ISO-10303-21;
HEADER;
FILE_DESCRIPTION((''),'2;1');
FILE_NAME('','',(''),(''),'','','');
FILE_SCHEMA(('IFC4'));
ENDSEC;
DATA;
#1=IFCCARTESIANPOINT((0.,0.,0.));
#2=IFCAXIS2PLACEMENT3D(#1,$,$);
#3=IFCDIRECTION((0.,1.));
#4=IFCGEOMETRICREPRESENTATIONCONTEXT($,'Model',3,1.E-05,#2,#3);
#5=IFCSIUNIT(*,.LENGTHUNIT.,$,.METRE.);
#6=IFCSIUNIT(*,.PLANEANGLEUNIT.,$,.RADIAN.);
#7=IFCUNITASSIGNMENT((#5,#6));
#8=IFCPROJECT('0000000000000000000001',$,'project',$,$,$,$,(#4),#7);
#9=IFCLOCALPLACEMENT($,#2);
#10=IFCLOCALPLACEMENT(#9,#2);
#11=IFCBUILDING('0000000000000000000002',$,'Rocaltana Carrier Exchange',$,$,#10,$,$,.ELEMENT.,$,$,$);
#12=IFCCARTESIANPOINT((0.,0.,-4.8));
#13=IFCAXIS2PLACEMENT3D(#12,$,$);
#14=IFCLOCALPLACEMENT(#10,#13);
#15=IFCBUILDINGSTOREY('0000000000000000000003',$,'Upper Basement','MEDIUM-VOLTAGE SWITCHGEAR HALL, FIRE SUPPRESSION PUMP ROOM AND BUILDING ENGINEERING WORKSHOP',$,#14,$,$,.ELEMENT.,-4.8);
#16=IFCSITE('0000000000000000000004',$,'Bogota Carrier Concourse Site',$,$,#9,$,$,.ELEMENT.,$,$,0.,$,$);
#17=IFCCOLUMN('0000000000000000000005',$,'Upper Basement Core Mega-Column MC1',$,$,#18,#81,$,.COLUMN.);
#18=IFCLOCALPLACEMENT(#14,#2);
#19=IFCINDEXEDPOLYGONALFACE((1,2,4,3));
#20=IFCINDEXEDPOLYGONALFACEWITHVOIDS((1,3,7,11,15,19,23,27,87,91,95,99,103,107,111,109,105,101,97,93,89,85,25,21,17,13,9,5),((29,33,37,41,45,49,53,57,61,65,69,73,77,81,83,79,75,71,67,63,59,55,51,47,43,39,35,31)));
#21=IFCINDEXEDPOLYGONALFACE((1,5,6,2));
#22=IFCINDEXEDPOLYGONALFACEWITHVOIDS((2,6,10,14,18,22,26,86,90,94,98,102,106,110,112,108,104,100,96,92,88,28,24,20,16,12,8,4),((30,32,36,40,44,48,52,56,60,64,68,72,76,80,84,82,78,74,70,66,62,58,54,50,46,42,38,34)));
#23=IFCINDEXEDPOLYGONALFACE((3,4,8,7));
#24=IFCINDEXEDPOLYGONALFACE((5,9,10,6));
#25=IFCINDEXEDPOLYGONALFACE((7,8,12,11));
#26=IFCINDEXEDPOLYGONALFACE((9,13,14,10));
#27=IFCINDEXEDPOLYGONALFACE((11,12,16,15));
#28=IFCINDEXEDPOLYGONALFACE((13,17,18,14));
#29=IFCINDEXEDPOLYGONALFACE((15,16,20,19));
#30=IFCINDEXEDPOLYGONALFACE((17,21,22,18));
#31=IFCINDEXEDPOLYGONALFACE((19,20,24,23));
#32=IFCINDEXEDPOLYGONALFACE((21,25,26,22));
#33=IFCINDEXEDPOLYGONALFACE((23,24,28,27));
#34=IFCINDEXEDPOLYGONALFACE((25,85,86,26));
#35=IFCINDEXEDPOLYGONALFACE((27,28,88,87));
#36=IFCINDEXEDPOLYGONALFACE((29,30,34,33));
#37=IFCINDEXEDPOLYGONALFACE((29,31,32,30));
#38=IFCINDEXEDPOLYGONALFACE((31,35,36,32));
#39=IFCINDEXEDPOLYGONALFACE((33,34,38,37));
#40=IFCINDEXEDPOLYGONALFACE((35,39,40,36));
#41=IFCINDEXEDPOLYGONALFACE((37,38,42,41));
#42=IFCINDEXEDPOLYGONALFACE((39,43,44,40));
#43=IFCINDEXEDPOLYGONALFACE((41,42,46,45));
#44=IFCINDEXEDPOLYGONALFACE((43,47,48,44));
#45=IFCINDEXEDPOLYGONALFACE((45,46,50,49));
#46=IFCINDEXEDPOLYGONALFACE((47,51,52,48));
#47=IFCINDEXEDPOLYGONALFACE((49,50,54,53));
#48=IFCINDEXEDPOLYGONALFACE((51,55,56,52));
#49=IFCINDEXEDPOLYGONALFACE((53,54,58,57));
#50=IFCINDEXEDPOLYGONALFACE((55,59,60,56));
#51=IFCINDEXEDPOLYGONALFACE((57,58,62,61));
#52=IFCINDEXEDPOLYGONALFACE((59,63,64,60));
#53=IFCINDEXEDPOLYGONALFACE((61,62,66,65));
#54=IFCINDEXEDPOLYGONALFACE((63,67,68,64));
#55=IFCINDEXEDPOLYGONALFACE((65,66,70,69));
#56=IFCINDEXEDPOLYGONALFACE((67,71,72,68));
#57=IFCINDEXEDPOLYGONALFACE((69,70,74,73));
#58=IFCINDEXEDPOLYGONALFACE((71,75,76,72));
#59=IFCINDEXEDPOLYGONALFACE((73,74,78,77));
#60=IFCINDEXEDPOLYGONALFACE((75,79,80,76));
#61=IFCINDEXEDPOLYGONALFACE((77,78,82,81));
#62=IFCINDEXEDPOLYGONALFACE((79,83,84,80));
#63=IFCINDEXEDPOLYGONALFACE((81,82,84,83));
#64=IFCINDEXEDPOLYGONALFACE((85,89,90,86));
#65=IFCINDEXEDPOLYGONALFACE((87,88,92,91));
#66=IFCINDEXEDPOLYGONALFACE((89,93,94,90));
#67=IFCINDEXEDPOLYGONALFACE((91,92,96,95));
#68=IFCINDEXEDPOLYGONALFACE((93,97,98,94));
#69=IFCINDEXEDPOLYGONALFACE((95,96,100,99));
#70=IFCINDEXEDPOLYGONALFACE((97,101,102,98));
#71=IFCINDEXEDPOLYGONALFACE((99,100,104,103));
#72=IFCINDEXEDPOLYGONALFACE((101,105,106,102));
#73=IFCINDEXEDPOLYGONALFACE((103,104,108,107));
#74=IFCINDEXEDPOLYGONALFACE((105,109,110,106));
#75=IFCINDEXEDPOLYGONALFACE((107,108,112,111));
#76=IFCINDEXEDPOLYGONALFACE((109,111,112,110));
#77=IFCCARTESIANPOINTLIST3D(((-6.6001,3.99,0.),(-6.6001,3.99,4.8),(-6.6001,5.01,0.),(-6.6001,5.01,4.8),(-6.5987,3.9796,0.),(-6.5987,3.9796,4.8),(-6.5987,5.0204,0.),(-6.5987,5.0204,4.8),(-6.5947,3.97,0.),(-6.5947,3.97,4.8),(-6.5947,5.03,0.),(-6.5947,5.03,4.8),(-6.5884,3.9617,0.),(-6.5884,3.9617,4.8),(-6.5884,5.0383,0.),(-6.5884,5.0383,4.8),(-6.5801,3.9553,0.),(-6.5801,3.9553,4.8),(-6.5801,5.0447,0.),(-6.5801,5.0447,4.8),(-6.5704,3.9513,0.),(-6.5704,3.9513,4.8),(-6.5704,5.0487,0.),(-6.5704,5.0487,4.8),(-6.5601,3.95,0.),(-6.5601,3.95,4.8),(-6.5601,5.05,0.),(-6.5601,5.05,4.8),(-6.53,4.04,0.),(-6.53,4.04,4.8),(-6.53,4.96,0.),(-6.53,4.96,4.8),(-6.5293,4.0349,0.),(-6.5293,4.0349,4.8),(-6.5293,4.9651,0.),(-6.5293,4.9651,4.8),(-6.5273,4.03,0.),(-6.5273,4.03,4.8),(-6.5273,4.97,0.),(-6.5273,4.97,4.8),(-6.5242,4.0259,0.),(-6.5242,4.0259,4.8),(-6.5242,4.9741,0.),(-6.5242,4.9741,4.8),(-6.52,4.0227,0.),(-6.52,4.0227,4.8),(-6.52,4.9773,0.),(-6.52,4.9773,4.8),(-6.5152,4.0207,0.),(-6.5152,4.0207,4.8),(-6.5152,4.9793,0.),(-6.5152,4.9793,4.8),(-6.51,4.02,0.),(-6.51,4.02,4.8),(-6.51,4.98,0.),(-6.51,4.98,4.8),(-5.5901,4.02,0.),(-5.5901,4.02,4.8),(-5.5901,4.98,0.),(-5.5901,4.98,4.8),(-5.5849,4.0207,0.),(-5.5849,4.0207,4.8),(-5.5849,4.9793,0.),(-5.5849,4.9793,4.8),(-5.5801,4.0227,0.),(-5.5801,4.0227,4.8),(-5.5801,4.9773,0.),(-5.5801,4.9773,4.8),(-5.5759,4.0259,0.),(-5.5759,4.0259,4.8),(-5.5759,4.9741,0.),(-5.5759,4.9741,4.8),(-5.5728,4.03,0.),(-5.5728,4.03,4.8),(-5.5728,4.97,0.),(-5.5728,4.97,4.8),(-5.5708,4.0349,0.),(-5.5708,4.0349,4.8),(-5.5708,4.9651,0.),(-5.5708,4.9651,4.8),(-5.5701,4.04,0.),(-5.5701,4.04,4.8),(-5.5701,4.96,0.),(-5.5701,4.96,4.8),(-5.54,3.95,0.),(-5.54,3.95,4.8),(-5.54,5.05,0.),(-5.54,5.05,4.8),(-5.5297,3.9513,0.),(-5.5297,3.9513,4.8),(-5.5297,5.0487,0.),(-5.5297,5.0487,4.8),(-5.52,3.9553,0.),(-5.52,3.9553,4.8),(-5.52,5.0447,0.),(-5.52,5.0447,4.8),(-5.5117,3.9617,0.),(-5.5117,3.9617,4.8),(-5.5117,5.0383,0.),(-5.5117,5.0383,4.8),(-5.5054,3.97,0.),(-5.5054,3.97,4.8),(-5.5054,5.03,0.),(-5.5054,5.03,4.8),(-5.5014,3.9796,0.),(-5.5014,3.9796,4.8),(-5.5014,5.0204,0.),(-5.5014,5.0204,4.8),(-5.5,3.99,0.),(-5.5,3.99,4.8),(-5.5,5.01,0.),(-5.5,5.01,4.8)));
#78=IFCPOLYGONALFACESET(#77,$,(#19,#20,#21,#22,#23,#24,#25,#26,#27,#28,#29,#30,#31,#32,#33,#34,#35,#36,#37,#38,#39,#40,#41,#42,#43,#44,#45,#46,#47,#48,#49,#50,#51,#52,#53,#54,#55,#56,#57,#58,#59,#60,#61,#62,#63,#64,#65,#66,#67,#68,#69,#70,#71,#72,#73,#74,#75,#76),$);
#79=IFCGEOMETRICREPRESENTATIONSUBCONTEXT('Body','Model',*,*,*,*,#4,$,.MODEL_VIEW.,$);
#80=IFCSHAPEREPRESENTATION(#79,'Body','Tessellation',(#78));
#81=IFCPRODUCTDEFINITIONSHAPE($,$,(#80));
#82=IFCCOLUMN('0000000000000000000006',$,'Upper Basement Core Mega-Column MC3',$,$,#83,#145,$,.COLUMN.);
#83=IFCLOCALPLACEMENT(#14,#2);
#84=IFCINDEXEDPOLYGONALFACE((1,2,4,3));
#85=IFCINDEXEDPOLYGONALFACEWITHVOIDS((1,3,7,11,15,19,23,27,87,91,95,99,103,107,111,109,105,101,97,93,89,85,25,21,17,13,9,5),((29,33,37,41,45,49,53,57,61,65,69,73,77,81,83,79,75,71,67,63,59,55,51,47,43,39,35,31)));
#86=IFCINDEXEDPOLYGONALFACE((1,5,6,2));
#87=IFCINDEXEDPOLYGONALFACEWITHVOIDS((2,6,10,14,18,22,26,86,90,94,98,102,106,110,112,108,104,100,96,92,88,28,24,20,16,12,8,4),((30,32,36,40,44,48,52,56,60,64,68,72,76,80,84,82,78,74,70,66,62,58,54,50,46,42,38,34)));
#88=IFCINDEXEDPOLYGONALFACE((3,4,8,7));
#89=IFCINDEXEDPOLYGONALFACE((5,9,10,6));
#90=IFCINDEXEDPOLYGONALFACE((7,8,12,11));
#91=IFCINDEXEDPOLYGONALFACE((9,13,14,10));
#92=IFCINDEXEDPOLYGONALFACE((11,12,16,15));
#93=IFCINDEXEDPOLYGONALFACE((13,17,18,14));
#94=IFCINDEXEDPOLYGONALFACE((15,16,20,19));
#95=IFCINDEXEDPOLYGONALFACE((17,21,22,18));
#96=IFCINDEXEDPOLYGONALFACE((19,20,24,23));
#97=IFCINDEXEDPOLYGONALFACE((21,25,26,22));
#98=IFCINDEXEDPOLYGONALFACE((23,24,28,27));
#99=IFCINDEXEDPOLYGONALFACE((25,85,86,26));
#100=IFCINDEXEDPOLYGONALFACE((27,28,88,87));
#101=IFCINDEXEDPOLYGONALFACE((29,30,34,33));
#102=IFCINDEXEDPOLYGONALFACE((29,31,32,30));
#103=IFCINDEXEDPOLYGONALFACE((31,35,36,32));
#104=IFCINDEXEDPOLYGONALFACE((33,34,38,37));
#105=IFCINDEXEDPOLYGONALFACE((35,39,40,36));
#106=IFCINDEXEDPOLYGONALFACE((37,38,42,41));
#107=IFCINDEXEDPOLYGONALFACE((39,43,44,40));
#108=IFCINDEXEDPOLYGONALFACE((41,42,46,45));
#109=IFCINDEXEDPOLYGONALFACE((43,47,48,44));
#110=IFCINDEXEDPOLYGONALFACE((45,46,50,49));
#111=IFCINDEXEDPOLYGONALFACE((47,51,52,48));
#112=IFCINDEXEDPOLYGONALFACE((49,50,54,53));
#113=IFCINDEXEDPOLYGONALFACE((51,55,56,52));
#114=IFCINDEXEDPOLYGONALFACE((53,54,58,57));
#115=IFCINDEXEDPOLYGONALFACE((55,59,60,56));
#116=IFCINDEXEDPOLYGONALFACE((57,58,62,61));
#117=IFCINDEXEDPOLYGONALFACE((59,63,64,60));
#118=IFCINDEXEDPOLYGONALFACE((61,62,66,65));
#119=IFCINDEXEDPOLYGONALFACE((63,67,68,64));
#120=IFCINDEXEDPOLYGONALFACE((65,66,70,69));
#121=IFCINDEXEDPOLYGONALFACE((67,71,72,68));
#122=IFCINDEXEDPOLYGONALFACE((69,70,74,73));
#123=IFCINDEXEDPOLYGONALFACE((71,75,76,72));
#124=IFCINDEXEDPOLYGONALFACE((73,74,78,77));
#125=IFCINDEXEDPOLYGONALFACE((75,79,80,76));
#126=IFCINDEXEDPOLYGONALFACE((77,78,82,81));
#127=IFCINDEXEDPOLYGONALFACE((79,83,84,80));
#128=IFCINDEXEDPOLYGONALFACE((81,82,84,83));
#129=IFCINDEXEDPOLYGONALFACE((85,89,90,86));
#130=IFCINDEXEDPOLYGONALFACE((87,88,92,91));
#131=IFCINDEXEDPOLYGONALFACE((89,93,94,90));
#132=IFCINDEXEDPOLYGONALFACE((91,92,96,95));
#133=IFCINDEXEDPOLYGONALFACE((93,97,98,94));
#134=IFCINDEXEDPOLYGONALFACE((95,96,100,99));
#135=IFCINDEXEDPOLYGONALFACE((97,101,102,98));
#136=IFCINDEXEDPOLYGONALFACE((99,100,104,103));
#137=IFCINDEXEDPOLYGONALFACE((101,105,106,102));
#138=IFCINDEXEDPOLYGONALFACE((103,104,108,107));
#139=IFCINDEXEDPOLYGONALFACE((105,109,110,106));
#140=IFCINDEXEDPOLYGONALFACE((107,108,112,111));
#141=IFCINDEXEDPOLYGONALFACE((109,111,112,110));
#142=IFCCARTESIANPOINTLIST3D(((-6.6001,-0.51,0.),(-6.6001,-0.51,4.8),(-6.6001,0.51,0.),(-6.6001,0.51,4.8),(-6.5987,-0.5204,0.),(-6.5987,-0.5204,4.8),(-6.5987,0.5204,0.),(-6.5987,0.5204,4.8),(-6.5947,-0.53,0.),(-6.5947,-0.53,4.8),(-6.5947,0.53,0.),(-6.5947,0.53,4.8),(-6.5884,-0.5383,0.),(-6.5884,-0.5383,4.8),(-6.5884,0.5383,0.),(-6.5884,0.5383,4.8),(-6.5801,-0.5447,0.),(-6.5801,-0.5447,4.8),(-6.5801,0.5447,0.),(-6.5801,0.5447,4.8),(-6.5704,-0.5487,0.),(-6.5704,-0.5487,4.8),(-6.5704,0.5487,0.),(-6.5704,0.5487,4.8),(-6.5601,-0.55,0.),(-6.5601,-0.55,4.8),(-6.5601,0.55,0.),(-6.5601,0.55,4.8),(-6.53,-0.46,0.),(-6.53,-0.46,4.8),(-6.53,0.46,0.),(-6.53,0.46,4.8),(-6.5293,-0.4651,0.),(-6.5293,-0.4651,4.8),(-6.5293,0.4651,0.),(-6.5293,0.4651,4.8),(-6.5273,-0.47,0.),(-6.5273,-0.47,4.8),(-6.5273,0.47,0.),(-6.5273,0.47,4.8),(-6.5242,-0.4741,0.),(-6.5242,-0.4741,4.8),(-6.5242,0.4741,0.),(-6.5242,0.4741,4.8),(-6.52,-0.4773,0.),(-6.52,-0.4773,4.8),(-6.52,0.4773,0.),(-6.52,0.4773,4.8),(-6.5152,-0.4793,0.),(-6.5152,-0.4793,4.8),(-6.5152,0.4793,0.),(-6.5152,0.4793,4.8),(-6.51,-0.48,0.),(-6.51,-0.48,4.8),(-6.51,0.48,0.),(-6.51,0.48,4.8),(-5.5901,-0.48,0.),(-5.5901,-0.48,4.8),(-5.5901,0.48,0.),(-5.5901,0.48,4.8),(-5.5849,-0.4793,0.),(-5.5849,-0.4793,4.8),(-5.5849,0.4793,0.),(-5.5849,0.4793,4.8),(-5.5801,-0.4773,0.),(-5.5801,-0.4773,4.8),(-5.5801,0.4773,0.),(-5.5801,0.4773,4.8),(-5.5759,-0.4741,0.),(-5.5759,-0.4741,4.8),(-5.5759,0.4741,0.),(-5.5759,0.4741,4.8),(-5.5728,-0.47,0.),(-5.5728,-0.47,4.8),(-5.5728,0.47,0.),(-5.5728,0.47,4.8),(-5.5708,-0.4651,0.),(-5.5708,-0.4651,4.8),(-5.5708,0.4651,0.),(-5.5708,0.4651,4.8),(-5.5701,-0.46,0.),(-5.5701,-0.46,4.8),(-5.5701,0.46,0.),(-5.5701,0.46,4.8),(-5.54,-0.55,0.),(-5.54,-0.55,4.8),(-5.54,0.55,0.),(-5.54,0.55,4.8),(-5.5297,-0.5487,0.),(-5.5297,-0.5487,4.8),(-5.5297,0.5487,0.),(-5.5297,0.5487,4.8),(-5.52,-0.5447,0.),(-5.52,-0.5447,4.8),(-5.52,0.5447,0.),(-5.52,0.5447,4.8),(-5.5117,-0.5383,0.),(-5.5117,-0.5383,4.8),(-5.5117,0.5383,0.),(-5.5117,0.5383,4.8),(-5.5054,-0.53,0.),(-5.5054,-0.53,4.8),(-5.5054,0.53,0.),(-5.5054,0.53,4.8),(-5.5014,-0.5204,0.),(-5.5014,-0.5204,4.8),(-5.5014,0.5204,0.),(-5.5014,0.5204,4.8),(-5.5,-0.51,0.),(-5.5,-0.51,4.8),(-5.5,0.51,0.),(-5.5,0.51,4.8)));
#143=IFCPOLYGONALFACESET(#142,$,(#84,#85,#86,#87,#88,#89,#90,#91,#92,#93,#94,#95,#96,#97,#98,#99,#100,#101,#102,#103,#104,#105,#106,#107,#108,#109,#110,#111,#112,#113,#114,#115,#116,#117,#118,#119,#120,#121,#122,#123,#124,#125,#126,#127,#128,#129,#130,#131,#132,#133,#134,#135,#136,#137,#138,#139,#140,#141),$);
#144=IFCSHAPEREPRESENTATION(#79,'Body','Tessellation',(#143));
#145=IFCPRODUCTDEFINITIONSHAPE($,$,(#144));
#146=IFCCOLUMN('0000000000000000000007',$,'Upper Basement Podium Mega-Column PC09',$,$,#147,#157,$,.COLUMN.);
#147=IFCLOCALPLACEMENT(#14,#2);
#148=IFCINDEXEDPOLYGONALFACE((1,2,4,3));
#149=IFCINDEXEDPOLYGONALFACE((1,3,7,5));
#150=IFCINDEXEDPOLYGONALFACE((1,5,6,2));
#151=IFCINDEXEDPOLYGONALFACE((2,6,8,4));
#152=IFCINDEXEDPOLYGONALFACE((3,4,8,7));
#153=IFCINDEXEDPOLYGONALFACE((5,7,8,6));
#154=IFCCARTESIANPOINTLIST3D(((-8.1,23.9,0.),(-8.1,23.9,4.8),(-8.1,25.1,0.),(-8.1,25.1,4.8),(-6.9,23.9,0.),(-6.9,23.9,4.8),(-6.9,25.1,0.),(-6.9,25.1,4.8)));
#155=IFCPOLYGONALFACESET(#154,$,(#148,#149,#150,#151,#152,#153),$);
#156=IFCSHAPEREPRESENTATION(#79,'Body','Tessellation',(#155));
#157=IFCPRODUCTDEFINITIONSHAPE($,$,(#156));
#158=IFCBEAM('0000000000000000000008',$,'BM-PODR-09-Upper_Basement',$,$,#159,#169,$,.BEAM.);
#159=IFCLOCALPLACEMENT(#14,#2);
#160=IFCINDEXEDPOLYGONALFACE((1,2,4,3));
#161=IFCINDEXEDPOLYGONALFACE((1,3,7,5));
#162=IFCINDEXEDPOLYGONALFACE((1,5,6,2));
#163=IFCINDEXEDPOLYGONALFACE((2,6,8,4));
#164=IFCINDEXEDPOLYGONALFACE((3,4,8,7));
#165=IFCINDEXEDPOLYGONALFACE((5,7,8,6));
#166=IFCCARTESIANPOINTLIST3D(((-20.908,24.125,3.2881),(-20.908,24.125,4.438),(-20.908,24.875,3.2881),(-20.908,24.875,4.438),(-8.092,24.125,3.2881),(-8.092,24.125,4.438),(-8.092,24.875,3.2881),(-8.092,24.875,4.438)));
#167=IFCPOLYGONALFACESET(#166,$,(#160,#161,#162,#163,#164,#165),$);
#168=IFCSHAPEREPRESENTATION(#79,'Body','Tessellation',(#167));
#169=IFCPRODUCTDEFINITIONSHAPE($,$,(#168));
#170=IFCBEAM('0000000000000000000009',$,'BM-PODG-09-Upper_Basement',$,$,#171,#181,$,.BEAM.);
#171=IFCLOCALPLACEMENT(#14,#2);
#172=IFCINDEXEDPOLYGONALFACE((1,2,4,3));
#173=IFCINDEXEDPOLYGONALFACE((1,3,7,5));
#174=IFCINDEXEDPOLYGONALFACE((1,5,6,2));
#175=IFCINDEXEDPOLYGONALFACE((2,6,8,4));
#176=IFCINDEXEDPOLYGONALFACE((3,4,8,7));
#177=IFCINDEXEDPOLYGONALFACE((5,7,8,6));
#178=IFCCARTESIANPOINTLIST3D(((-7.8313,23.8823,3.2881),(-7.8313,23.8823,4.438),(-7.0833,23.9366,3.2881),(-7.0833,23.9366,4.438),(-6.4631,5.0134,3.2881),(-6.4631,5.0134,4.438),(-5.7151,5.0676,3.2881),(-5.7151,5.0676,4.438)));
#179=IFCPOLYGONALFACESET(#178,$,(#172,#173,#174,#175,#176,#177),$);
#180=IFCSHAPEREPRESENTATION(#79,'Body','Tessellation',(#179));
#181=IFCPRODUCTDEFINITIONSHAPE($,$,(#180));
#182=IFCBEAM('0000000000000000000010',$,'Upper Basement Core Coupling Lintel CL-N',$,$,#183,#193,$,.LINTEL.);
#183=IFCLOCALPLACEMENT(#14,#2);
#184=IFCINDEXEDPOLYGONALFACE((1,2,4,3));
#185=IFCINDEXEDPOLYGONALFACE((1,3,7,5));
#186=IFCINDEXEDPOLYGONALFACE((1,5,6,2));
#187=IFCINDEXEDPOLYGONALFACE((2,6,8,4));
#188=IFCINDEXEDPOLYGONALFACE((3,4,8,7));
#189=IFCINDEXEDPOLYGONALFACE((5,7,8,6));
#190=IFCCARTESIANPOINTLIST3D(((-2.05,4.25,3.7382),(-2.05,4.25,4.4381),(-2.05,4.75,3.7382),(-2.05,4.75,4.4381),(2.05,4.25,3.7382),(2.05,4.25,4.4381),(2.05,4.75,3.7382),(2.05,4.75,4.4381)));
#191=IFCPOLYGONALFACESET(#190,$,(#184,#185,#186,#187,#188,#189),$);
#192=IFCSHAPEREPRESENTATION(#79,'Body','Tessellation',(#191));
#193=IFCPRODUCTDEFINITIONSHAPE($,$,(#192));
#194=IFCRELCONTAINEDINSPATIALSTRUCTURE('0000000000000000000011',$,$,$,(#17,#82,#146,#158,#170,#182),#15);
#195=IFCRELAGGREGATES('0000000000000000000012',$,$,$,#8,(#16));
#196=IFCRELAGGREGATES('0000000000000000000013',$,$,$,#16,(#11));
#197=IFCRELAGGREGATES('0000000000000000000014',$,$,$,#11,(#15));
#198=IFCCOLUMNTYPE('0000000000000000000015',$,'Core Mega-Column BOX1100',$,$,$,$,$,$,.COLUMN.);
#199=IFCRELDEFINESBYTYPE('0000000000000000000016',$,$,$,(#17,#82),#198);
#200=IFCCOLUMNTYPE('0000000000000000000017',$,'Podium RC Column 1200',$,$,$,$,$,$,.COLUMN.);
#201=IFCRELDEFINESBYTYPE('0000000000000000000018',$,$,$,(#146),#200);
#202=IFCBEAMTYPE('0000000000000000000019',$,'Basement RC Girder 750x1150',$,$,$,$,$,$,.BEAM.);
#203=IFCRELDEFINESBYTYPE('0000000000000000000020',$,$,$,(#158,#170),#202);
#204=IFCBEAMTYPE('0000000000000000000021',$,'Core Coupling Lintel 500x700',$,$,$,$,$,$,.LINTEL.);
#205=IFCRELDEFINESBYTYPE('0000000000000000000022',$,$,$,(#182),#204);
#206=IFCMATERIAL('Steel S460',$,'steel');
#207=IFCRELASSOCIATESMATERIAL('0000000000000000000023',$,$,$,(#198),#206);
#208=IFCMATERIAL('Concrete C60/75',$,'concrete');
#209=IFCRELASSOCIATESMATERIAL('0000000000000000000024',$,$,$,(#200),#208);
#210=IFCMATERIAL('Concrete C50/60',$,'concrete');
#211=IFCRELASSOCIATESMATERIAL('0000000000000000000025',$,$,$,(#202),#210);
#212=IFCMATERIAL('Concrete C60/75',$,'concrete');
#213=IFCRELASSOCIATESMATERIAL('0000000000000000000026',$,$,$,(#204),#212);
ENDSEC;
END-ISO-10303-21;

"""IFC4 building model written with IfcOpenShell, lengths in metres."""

from ifc_helpers import new_model, si_unit, direction, frame, origin, origin_2d, place, context, subcontext, project, spatial, rectangle, hollow_rectangle, extrude, material, material_profile, profile_set, type_object, element, save


model = new_model("IFC4")

# Units and contexts
model_context = context("Model", 3, precision=1e-05, world=origin(), true_north=direction((0.0, 1.0)))
body_context = subcontext(model_context, "Body", "Model", "MODEL_VIEW")
ifc_project = project(units=[si_unit("LENGTHUNIT", "METRE"), si_unit("PLANEANGLEUNIT", "RADIAN")], contexts=[model_context])

# Site, building, storey
site_placement = place(None, origin())
site = spatial("IfcSite", under=ifc_project, at=site_placement, Name="Bogota Carrier Concourse Site", CompositionType="ELEMENT", RefElevation=0.0)
building_placement = place(site_placement, origin())
building = spatial("IfcBuilding", under=site, at=building_placement, Name="Rocaltana Carrier Exchange", CompositionType="ELEMENT")
storey_placement = place(building_placement, frame((0.0, 0.0, -4.8)))
storey = spatial("IfcBuildingStorey", under=building, at=storey_placement, Name="Upper Basement", Description="MEDIUM-VOLTAGE SWITCHGEAR HALL, FIRE SUPPRESSION PUMP ROOM AND BUILDING ENGINEERING WORKSHOP", CompositionType="ELEMENT", Elevation=-4.8)

# Columns
ifc_material_1 = material(Name="Steel S460", Category="steel")
ifc_material_profile_1 = material_profile(ifc_material_1, hollow_rectangle(XDim=1.1001, YDim=1.1001, WallThickness=0.0701, InnerFilletRadius=0.02, OuterFilletRadius=0.04, at=origin_2d()), Name="BOX1100X1100X70")
ifc_profile_set_1 = profile_set([ifc_material_profile_1], Name="Steel S460")
column_type_1 = type_object("IfcColumnType", Name="Core Mega-Column BOX1100", PredefinedType="COLUMN", material=ifc_profile_set_1)
for number, where, z_axis, x_axis, name in (
    (1, (-6.05, 4.5, 0.0), (0.0, 0.0, 1.0), (1.0, 0.0, 0.0), "Upper Basement Core Mega-Column MC1"),
    (2, (-6.05, 0.0, 0.0), (0.0, 0.0, 1.0), (1.0, 0.0, 0.0), "Upper Basement Core Mega-Column MC3"),
):
    element("IfcColumn", number, at=place(storey_placement, frame(where, z_axis=z_axis, x_axis=x_axis)), inside=storey, type_object=column_type_1, Name=name, PredefinedType="COLUMN", context=body_context, shape_type="SweptSolid", body=[
        extrude(hollow_rectangle(XDim=1.1001, YDim=1.1001, WallThickness=0.0701, InnerFilletRadius=0.02, OuterFilletRadius=0.04, at=origin_2d()), origin(), (0.0, 0.0, 1.0), 4.8),
    ])
ifc_material_2 = material(Name="Concrete C60/75", Category="concrete")
ifc_material_profile_2 = material_profile(ifc_material_2, rectangle(XDim=1.2, YDim=1.2, at=origin_2d()), Name="RC-COL-1200X1200")
ifc_profile_set_2 = profile_set([ifc_material_profile_2], Name="Concrete C60/75")
column_type_2 = type_object("IfcColumnType", Name="Podium RC Column 1200", PredefinedType="COLUMN", material=ifc_profile_set_2)
column_placement = place(storey_placement, frame((-7.5, 24.5, 0.0), z_axis=(0.0, 0.0, 1.0), x_axis=(1.0, 0.0, 0.0)))
element("IfcColumn", 3, at=column_placement, inside=storey, type_object=column_type_2, Name="Upper Basement Podium Mega-Column PC09", PredefinedType="COLUMN", context=body_context, shape_type="SweptSolid", body=[
    extrude(rectangle(XDim=1.2, YDim=1.2, at=origin_2d()), origin(), (0.0, 0.0, 1.0), 4.8),
])

# Beams
ifc_material_3 = material(Name="Concrete C50/60", Category="concrete")
ifc_material_profile_3 = material_profile(ifc_material_3, rectangle(XDim=0.75, YDim=1.1499, at=origin_2d()), Name="RC-BM-750X1150")
ifc_profile_set_3 = profile_set([ifc_material_profile_3], Name="Concrete C50/60")
beam_type_1 = type_object("IfcBeamType", Name="Basement RC Girder 750x1150", PredefinedType="BEAM", material=ifc_profile_set_3)
beam_1_placement = place(storey_placement, frame((-8.092, 24.5, 3.863), z_axis=(-1.0, 0.0, 0.0), x_axis=(0.0, -1.0, 0.0)))
element("IfcBeam", 4, at=beam_1_placement, inside=storey, type_object=beam_type_1, Name="BM-PODR-09-Upper_Basement", PredefinedType="BEAM", context=body_context, shape_type="SweptSolid", body=[
    extrude(rectangle(XDim=0.75, YDim=1.1499, at=origin_2d()), origin(), (0.0, 0.0, 1.0), 12.8159),
])
beam_2_placement = place(storey_placement, frame((-6.0891, 5.0405, 3.863), z_axis=(-0.072319, 0.997382, 0.0), x_axis=(-0.997382, -0.072319, 0.0)))
element("IfcBeam", 5, at=beam_2_placement, inside=storey, type_object=beam_type_1, Name="BM-PODG-09-Upper_Basement", PredefinedType="BEAM", context=body_context, shape_type="SweptSolid", body=[
    extrude(rectangle(XDim=0.75, YDim=1.1499, at=origin_2d()), origin(), (0.0, 0.0, 1.0), 18.9185),
])
ifc_material_4 = material(Name="Concrete C60/75", Category="concrete")
ifc_material_profile_4 = material_profile(ifc_material_4, rectangle(XDim=0.5, YDim=0.7, at=origin_2d()), Name="RC-BM-500X700")
ifc_profile_set_4 = profile_set([ifc_material_profile_4], Name="Concrete C60/75")
beam_type_2 = type_object("IfcBeamType", Name="Core Coupling Lintel 500x700", PredefinedType="LINTEL", material=ifc_profile_set_4)
beam_3_placement = place(storey_placement, frame((-2.05, 4.5, 4.0881), z_axis=(1.0, 0.0, 0.0), x_axis=(0.0, 1.0, 0.0)))
element("IfcBeam", 6, at=beam_3_placement, inside=storey, type_object=beam_type_2, Name="Upper Basement Core Coupling Lintel CL-N", PredefinedType="LINTEL", context=body_context, shape_type="SweptSolid", body=[
    extrude(rectangle(XDim=0.5, YDim=0.7, at=origin_2d()), origin(), (0.0, 0.0, 1.0), 4.1001),
])

save(model, "model.ifc")
